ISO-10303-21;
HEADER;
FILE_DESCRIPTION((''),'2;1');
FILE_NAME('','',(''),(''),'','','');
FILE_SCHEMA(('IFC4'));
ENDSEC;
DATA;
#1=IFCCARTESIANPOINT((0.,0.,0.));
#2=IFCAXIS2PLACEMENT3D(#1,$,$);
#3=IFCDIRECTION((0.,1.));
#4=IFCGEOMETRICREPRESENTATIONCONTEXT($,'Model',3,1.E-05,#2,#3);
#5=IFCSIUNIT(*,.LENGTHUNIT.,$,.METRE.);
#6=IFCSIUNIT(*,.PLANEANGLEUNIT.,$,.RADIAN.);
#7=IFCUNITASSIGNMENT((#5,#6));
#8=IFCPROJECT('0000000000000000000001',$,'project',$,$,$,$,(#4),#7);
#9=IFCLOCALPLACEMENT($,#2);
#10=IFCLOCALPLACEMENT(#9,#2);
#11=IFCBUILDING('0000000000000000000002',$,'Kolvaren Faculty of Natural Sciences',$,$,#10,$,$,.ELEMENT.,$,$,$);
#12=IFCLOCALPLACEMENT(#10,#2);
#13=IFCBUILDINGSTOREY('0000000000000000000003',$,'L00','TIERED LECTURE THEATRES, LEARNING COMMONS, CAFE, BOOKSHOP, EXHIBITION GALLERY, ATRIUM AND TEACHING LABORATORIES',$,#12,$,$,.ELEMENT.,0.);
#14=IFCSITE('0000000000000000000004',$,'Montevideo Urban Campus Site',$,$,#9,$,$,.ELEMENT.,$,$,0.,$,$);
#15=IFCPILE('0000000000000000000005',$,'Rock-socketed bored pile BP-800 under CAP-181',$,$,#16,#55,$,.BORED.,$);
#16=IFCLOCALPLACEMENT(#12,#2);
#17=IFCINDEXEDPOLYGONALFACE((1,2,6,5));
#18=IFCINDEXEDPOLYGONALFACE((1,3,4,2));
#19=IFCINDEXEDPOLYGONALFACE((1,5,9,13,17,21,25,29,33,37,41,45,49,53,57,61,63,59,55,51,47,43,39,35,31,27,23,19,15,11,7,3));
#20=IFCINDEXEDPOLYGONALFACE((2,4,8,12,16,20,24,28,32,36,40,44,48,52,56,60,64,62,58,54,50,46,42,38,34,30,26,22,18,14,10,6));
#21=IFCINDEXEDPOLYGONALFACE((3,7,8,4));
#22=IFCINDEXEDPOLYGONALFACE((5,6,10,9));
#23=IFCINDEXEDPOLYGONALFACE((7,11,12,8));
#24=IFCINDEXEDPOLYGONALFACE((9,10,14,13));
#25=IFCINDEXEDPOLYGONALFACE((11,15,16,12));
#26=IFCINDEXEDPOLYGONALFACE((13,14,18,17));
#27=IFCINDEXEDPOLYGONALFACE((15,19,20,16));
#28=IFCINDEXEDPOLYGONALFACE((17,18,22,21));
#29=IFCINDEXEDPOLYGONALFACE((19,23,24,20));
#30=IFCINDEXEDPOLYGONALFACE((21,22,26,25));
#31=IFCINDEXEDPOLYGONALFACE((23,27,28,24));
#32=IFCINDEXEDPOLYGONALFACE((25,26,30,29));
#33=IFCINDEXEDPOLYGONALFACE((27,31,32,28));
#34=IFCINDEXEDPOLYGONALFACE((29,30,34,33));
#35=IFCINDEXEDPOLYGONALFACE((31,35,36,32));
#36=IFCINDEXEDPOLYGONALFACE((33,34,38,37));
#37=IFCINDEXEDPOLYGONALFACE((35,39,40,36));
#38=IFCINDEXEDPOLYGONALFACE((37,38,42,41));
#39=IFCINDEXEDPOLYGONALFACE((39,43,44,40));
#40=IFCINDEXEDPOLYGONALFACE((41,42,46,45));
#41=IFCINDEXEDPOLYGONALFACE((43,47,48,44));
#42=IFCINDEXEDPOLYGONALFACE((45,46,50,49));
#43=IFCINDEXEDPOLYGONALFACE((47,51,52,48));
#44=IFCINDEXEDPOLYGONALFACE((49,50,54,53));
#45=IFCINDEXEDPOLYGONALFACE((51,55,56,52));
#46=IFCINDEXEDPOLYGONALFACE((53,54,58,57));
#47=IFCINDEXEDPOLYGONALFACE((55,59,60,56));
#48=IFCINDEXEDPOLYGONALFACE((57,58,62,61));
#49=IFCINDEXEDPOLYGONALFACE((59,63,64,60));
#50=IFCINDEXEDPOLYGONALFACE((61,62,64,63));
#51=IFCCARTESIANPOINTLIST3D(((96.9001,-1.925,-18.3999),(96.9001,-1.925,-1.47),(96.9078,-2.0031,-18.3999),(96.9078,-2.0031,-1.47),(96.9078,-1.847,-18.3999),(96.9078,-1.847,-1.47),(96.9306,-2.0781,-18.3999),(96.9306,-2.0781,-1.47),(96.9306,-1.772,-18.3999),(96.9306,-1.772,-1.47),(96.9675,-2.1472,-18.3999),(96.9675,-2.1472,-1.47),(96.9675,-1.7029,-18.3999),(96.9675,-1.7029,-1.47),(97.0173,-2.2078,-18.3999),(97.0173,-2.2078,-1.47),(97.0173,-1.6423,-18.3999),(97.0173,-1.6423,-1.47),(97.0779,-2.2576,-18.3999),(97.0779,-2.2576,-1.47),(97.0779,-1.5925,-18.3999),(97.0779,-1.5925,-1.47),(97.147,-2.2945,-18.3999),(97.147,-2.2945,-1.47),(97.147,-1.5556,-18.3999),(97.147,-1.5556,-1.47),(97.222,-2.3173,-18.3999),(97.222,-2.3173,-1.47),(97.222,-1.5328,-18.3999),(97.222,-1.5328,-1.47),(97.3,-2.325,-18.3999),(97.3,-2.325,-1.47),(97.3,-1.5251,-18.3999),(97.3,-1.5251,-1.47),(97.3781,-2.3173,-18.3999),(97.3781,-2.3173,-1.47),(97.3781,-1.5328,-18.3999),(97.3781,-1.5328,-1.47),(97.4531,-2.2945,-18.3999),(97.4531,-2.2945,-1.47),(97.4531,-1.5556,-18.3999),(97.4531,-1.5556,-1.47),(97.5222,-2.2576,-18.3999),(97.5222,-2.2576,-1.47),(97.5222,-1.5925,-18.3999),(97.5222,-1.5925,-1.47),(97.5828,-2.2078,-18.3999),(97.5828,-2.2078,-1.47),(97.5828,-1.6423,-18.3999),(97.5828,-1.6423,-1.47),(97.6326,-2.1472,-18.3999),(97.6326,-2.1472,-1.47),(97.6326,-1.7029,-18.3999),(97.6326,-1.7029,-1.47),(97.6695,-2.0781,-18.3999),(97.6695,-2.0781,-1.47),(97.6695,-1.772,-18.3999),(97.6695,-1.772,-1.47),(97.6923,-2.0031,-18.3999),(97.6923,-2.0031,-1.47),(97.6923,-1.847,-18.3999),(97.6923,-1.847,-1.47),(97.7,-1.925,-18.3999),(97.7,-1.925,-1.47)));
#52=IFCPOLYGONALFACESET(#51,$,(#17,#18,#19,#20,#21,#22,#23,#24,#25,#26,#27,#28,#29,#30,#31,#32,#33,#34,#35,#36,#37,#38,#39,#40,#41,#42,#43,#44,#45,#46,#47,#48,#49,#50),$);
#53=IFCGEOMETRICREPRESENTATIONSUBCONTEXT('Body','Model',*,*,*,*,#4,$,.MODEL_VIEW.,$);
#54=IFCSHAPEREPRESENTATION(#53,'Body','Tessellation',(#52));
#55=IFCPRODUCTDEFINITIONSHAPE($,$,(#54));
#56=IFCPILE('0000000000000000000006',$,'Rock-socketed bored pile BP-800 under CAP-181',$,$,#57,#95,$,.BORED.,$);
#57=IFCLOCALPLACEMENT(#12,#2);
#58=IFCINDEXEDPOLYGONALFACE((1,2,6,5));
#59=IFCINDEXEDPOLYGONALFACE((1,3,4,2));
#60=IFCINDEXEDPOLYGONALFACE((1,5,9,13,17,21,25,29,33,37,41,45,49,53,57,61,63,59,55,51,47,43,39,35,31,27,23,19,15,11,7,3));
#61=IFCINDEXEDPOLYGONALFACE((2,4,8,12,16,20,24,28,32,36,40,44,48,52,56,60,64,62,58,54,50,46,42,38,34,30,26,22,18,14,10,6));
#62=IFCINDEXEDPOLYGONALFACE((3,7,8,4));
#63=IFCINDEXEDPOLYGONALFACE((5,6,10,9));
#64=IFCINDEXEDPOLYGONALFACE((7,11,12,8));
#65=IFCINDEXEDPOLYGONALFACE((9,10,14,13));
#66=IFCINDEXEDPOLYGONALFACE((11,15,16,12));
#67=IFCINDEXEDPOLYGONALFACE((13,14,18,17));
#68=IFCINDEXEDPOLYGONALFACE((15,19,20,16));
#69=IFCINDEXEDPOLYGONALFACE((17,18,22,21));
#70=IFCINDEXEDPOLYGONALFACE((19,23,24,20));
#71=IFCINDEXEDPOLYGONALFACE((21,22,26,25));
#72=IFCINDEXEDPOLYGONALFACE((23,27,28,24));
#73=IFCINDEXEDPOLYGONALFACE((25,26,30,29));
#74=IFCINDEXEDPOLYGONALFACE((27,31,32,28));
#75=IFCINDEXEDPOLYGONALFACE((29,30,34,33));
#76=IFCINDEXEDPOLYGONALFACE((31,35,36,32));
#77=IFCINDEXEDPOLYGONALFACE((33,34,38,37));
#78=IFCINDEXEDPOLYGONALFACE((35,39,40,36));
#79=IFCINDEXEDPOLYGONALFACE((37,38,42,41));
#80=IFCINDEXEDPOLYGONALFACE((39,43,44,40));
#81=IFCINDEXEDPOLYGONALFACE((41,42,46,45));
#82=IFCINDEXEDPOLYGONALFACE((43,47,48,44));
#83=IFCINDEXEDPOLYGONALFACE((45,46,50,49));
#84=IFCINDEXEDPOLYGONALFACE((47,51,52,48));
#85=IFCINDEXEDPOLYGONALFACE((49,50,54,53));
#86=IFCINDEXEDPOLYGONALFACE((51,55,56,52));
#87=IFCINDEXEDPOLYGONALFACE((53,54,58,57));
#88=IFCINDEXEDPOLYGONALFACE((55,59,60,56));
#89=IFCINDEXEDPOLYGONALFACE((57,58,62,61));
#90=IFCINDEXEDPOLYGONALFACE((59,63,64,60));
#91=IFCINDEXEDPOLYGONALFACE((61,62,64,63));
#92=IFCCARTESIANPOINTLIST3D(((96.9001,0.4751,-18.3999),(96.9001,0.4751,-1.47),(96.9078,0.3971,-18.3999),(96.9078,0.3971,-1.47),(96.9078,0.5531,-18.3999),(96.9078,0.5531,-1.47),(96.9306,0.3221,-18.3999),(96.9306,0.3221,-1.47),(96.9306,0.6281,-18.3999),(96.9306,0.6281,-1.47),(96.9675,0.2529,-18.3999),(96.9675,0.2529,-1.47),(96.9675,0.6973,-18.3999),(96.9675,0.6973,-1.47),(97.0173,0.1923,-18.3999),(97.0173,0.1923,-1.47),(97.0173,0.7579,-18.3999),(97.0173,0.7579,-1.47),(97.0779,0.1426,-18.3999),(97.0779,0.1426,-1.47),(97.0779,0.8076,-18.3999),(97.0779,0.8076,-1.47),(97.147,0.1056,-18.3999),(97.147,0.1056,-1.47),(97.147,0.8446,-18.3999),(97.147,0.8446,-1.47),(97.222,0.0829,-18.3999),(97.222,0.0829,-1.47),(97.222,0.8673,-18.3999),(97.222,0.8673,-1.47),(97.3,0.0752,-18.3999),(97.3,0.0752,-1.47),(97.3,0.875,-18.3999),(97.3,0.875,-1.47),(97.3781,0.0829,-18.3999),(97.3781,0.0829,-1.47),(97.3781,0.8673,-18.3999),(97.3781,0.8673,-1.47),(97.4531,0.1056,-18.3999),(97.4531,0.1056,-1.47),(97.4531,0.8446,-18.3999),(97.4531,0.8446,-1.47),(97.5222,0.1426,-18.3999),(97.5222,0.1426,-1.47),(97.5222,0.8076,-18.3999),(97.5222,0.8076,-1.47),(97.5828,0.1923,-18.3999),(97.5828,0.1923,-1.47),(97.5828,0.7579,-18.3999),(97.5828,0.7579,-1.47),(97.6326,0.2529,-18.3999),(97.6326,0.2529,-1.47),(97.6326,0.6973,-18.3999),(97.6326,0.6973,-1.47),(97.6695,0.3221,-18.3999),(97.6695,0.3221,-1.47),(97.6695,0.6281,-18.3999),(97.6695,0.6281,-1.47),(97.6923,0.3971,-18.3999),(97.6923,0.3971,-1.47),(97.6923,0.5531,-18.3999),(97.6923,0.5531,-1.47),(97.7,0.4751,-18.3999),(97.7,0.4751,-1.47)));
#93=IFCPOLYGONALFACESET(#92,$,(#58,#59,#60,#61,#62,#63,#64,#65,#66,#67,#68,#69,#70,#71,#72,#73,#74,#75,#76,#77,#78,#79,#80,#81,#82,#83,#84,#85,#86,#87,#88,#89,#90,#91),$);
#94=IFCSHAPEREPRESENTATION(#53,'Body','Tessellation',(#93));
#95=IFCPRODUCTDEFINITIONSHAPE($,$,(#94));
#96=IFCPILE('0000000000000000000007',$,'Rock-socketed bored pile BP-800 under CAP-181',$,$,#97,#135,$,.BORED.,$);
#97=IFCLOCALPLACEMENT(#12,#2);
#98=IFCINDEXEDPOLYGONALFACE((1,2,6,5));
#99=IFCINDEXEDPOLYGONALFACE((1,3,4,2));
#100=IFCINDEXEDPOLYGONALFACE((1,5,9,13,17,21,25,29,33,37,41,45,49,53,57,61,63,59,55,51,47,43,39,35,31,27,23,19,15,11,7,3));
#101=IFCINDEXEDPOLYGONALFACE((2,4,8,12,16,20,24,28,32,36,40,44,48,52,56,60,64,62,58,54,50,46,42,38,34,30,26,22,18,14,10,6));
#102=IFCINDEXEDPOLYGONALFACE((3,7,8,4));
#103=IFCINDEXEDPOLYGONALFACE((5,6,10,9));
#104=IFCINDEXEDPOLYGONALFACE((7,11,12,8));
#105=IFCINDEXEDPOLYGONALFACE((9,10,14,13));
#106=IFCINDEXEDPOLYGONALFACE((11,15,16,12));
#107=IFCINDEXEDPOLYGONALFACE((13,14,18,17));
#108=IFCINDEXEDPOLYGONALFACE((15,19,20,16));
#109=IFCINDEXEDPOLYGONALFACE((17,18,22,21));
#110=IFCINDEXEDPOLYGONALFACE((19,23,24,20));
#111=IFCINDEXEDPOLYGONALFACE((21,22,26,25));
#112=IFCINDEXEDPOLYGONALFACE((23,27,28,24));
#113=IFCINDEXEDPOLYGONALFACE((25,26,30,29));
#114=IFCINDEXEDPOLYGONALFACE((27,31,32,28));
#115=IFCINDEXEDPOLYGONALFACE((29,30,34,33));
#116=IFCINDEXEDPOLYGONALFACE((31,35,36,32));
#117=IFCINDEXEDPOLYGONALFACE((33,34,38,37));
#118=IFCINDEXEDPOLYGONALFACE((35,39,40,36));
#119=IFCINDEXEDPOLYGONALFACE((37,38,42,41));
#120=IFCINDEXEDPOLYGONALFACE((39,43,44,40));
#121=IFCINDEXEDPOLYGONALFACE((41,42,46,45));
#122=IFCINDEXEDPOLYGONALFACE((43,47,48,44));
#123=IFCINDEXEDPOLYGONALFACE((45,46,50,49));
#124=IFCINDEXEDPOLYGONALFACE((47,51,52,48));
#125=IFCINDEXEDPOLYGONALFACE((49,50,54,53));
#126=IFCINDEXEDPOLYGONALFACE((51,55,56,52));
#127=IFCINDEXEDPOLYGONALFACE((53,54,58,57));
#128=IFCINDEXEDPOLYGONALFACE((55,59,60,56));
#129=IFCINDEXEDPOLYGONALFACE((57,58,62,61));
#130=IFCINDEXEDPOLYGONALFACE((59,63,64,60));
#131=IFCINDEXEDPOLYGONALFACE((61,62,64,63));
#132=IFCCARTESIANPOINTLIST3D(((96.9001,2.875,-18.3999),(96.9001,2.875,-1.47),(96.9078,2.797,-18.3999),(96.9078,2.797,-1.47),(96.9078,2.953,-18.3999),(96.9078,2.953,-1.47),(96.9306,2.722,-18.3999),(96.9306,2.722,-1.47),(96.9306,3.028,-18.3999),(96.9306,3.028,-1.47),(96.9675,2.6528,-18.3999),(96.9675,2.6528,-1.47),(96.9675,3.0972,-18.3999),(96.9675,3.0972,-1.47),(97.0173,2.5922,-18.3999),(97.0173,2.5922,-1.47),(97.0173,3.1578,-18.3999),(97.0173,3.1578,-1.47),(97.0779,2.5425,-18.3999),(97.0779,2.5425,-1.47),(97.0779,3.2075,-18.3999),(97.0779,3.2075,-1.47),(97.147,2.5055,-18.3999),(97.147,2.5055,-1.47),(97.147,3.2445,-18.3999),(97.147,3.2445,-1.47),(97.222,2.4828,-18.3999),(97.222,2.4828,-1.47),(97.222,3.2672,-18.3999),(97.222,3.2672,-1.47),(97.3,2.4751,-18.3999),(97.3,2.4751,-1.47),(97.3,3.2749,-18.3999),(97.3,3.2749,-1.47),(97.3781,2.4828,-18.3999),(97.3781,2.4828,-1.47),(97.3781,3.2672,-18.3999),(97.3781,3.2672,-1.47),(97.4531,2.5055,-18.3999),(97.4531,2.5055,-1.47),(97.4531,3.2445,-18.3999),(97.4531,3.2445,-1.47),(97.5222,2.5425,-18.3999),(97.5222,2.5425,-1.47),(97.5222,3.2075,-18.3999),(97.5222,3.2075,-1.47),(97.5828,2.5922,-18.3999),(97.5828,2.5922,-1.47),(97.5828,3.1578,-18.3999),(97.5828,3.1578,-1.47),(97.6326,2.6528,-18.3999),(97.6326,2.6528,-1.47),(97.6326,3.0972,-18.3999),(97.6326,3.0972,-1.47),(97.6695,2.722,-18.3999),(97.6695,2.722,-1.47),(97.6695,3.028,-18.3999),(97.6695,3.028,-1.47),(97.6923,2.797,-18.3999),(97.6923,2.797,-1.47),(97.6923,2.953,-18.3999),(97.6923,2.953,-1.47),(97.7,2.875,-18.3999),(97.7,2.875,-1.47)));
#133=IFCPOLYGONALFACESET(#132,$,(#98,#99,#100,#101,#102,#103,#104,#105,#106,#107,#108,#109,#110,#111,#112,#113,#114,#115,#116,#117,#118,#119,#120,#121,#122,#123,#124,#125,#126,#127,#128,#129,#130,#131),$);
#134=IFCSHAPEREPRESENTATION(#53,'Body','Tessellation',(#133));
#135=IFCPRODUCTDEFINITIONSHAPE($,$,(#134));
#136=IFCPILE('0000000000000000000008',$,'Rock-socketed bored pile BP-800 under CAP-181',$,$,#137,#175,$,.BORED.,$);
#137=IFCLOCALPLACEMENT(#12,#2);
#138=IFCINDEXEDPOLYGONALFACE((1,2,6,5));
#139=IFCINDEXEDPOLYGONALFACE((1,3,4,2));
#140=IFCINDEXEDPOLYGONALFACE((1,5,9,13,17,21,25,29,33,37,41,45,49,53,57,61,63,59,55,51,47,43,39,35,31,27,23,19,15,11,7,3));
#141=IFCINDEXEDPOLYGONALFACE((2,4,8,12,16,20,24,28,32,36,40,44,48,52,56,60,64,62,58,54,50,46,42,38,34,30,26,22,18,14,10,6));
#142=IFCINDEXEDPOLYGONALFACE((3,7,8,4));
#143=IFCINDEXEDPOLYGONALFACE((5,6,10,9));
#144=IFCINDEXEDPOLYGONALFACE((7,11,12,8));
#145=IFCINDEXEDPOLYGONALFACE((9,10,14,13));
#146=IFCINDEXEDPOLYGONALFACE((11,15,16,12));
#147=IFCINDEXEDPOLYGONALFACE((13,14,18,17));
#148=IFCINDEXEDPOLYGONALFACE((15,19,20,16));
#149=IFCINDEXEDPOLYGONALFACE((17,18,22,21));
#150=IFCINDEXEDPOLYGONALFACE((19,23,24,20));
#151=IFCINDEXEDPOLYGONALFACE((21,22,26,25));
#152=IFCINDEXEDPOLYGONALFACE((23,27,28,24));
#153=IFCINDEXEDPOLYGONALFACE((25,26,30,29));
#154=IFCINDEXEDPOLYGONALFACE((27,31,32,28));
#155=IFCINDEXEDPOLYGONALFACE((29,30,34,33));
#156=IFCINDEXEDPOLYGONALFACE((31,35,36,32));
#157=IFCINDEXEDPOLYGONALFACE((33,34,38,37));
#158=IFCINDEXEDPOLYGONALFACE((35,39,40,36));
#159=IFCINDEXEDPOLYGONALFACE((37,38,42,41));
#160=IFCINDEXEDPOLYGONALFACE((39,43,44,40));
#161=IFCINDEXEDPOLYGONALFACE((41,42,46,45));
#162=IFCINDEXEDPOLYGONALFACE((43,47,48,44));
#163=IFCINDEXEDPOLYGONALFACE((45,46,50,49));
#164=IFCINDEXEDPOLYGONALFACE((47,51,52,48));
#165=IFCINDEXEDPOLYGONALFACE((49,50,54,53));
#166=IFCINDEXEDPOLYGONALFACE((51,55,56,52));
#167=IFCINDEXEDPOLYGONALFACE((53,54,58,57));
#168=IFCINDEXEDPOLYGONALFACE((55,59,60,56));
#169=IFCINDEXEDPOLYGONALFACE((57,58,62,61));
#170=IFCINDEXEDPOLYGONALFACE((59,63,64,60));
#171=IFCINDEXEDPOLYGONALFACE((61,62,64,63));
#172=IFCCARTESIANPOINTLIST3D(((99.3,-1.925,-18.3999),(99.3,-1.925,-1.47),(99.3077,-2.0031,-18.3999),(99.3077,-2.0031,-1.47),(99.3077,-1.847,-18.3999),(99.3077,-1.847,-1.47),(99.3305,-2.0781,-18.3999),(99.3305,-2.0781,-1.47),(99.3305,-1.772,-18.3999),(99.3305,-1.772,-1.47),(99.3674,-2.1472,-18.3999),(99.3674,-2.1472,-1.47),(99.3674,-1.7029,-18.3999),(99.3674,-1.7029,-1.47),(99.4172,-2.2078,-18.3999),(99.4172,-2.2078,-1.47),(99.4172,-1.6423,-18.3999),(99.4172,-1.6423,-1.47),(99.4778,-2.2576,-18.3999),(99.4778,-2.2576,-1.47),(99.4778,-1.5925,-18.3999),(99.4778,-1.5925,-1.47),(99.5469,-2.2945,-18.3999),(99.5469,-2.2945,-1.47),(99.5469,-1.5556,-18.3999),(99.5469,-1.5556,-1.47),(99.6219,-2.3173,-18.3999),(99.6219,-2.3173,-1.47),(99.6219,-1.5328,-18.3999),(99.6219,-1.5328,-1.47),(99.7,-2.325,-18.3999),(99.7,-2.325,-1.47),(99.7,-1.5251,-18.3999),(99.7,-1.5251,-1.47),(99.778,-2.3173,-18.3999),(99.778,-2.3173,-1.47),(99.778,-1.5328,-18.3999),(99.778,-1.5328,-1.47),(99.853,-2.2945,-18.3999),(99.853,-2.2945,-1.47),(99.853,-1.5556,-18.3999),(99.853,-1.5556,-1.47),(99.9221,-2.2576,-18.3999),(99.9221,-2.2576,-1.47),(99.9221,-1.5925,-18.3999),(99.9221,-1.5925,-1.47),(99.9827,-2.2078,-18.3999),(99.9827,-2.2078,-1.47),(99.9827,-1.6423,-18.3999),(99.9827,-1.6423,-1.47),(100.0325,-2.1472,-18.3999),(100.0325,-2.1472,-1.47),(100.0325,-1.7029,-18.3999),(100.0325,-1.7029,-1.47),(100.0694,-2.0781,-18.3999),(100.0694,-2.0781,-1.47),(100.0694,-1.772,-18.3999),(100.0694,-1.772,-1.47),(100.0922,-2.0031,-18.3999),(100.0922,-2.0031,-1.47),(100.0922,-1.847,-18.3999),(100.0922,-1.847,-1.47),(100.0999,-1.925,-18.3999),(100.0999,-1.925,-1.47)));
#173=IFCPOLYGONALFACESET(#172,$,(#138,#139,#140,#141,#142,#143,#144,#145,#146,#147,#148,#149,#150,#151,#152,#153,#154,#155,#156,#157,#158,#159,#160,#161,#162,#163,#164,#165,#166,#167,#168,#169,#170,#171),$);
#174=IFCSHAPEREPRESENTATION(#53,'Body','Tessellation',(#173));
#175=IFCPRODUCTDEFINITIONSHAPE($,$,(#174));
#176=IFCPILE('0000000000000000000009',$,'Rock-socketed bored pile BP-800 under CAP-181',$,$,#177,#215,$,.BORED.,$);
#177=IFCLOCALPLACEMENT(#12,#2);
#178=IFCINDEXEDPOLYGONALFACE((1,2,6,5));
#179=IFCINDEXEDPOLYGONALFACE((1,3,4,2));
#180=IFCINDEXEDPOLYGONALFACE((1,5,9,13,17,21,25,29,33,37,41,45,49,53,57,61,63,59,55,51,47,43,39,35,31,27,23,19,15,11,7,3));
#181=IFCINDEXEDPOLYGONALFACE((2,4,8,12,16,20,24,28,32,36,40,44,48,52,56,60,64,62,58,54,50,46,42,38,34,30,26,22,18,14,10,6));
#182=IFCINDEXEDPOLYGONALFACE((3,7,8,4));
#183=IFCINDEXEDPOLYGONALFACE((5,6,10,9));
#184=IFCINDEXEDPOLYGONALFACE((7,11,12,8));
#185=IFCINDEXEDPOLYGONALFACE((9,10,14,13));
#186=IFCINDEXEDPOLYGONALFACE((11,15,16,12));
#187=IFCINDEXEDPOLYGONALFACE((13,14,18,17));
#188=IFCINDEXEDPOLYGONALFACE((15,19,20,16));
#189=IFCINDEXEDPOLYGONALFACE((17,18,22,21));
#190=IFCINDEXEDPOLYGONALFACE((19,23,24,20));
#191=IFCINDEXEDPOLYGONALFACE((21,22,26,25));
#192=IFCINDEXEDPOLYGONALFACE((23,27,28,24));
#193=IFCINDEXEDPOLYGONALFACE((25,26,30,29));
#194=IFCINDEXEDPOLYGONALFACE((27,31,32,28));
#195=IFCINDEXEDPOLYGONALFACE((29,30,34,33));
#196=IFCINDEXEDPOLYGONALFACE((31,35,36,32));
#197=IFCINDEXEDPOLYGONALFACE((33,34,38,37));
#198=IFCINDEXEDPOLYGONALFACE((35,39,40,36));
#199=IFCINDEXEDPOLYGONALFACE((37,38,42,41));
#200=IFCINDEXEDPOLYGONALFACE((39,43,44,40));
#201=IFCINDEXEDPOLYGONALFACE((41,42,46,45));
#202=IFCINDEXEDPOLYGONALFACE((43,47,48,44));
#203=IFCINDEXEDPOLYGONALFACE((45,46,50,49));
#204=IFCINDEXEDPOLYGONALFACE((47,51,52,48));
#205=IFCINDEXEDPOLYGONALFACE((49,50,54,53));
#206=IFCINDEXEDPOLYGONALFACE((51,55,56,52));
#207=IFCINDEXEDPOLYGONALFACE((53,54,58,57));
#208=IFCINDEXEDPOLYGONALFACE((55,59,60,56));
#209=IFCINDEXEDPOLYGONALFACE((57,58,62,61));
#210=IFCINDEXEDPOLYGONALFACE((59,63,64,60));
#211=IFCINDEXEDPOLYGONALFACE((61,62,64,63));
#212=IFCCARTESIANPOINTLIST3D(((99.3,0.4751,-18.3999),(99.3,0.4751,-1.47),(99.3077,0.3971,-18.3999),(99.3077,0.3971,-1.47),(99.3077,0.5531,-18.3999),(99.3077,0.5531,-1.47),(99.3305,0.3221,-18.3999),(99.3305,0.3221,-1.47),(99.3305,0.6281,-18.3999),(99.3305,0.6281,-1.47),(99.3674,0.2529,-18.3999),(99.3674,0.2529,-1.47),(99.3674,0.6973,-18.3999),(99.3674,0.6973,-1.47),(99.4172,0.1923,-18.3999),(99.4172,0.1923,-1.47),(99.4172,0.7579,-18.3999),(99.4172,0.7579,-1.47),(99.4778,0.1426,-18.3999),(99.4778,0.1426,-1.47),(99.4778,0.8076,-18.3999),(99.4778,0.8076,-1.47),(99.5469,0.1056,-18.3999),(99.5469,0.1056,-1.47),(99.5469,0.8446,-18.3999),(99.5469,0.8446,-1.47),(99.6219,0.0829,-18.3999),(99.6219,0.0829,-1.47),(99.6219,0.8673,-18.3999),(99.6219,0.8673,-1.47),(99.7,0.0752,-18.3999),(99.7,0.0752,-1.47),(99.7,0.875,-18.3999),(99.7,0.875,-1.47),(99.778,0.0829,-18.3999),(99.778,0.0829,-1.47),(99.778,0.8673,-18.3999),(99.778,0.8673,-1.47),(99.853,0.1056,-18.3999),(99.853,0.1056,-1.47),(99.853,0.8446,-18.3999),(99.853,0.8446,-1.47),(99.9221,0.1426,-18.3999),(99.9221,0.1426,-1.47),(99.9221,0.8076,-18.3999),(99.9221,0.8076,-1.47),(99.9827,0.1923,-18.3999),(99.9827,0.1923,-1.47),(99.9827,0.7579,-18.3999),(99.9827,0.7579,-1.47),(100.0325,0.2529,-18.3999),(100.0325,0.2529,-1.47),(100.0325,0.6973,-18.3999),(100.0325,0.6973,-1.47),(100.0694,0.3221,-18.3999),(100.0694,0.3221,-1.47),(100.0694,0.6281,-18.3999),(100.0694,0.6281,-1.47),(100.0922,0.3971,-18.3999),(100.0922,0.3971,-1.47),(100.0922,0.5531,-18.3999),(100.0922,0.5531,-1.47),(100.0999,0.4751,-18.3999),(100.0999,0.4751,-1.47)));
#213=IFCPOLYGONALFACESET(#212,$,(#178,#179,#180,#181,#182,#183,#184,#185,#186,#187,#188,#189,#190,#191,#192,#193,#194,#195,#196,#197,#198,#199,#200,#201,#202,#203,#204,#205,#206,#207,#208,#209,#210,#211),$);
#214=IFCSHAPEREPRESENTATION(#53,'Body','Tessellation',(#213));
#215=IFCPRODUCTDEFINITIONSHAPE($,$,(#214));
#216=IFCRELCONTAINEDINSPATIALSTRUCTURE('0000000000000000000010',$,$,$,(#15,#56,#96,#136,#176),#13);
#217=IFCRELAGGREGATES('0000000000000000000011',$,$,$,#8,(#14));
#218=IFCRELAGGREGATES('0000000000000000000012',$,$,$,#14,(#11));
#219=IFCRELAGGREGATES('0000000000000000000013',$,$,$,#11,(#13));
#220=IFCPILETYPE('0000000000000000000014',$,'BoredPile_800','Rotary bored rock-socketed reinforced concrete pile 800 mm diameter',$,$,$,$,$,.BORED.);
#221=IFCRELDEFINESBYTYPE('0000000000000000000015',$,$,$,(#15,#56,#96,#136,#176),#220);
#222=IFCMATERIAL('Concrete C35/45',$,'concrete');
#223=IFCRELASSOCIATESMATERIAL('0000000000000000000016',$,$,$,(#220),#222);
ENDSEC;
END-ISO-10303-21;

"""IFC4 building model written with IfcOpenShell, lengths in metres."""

from ifc_helpers import new_model, si_unit, direction, frame, origin, origin_2d, place, context, subcontext, project, spatial, circle, extrude, material, material_profile, profile_set, type_object, element, save


model = new_model("IFC4")

# Units and contexts
model_context = context("Model", 3, precision=1e-05, world=origin(), true_north=direction((0.0, 1.0)))
body_context = subcontext(model_context, "Body", "Model", "MODEL_VIEW")
ifc_project = project(units=[si_unit("LENGTHUNIT", "METRE"), si_unit("PLANEANGLEUNIT", "RADIAN")], contexts=[model_context])

# Site, building, storey
site_placement = place(None, origin())
site = spatial("IfcSite", under=ifc_project, at=site_placement, Name="Montevideo Urban Campus Site", CompositionType="ELEMENT", RefElevation=0.0)
building_placement = place(site_placement, origin())
building = spatial("IfcBuilding", under=site, at=building_placement, Name="Kolvaren Faculty of Natural Sciences", CompositionType="ELEMENT")
storey_placement = place(building_placement, origin())
storey = spatial("IfcBuildingStorey", under=building, at=storey_placement, Name="L00", Description="TIERED LECTURE THEATRES, LEARNING COMMONS, CAFE, BOOKSHOP, EXHIBITION GALLERY, ATRIUM AND TEACHING LABORATORIES", CompositionType="ELEMENT", Elevation=0.0)

# Piles
ifc_material_1 = material(Name="Concrete C35/45", Category="concrete")
ifc_material_profile_1 = material_profile(ifc_material_1, circle(Radius=0.3999, at=origin_2d()), Name="PILE D800")
ifc_profile_set_1 = profile_set([ifc_material_profile_1], Name="Concrete C35/45")
pile_type = type_object("IfcPileType", Name="BoredPile_800", Description="Rotary bored rock-socketed reinforced concrete pile 800 mm diameter", PredefinedType="BORED", material=ifc_profile_set_1)
for number, where, z_axis, x_axis, name in (
    (1, (97.3, -1.925, -1.47), (0.0, 0.0, -1.0), (1.0, 0.0, 0.0), "Rock-socketed bored pile BP-800 under CAP-181"),
    (2, (97.3, 0.4751, -1.47), (0.0, 0.0, -1.0), (1.0, 0.0, 0.0), "Rock-socketed bored pile BP-800 under CAP-181"),
    (3, (97.3, 2.875, -1.47), (0.0, 0.0, -1.0), (1.0, 0.0, 0.0), "Rock-socketed bored pile BP-800 under CAP-181"),
    (4, (99.7, -1.925, -1.47), (0.0, 0.0, -1.0), (1.0, 0.0, 0.0), "Rock-socketed bored pile BP-800 under CAP-181"),
    (5, (99.7, 0.4751, -1.47), (0.0, 0.0, -1.0), (1.0, 0.0, 0.0), "Rock-socketed bored pile BP-800 under CAP-181"),
):
    element("IfcPile", number, at=place(storey_placement, frame(where, z_axis=z_axis, x_axis=x_axis)), inside=storey, type_object=pile_type, Name=name, PredefinedType="BORED", context=body_context, shape_type="SweptSolid", body=[
        extrude(circle(Radius=0.3999, at=origin_2d()), origin(), (0.0, 0.0, 1.0), 16.9299),
    ])

save(model, "model.ifc")
